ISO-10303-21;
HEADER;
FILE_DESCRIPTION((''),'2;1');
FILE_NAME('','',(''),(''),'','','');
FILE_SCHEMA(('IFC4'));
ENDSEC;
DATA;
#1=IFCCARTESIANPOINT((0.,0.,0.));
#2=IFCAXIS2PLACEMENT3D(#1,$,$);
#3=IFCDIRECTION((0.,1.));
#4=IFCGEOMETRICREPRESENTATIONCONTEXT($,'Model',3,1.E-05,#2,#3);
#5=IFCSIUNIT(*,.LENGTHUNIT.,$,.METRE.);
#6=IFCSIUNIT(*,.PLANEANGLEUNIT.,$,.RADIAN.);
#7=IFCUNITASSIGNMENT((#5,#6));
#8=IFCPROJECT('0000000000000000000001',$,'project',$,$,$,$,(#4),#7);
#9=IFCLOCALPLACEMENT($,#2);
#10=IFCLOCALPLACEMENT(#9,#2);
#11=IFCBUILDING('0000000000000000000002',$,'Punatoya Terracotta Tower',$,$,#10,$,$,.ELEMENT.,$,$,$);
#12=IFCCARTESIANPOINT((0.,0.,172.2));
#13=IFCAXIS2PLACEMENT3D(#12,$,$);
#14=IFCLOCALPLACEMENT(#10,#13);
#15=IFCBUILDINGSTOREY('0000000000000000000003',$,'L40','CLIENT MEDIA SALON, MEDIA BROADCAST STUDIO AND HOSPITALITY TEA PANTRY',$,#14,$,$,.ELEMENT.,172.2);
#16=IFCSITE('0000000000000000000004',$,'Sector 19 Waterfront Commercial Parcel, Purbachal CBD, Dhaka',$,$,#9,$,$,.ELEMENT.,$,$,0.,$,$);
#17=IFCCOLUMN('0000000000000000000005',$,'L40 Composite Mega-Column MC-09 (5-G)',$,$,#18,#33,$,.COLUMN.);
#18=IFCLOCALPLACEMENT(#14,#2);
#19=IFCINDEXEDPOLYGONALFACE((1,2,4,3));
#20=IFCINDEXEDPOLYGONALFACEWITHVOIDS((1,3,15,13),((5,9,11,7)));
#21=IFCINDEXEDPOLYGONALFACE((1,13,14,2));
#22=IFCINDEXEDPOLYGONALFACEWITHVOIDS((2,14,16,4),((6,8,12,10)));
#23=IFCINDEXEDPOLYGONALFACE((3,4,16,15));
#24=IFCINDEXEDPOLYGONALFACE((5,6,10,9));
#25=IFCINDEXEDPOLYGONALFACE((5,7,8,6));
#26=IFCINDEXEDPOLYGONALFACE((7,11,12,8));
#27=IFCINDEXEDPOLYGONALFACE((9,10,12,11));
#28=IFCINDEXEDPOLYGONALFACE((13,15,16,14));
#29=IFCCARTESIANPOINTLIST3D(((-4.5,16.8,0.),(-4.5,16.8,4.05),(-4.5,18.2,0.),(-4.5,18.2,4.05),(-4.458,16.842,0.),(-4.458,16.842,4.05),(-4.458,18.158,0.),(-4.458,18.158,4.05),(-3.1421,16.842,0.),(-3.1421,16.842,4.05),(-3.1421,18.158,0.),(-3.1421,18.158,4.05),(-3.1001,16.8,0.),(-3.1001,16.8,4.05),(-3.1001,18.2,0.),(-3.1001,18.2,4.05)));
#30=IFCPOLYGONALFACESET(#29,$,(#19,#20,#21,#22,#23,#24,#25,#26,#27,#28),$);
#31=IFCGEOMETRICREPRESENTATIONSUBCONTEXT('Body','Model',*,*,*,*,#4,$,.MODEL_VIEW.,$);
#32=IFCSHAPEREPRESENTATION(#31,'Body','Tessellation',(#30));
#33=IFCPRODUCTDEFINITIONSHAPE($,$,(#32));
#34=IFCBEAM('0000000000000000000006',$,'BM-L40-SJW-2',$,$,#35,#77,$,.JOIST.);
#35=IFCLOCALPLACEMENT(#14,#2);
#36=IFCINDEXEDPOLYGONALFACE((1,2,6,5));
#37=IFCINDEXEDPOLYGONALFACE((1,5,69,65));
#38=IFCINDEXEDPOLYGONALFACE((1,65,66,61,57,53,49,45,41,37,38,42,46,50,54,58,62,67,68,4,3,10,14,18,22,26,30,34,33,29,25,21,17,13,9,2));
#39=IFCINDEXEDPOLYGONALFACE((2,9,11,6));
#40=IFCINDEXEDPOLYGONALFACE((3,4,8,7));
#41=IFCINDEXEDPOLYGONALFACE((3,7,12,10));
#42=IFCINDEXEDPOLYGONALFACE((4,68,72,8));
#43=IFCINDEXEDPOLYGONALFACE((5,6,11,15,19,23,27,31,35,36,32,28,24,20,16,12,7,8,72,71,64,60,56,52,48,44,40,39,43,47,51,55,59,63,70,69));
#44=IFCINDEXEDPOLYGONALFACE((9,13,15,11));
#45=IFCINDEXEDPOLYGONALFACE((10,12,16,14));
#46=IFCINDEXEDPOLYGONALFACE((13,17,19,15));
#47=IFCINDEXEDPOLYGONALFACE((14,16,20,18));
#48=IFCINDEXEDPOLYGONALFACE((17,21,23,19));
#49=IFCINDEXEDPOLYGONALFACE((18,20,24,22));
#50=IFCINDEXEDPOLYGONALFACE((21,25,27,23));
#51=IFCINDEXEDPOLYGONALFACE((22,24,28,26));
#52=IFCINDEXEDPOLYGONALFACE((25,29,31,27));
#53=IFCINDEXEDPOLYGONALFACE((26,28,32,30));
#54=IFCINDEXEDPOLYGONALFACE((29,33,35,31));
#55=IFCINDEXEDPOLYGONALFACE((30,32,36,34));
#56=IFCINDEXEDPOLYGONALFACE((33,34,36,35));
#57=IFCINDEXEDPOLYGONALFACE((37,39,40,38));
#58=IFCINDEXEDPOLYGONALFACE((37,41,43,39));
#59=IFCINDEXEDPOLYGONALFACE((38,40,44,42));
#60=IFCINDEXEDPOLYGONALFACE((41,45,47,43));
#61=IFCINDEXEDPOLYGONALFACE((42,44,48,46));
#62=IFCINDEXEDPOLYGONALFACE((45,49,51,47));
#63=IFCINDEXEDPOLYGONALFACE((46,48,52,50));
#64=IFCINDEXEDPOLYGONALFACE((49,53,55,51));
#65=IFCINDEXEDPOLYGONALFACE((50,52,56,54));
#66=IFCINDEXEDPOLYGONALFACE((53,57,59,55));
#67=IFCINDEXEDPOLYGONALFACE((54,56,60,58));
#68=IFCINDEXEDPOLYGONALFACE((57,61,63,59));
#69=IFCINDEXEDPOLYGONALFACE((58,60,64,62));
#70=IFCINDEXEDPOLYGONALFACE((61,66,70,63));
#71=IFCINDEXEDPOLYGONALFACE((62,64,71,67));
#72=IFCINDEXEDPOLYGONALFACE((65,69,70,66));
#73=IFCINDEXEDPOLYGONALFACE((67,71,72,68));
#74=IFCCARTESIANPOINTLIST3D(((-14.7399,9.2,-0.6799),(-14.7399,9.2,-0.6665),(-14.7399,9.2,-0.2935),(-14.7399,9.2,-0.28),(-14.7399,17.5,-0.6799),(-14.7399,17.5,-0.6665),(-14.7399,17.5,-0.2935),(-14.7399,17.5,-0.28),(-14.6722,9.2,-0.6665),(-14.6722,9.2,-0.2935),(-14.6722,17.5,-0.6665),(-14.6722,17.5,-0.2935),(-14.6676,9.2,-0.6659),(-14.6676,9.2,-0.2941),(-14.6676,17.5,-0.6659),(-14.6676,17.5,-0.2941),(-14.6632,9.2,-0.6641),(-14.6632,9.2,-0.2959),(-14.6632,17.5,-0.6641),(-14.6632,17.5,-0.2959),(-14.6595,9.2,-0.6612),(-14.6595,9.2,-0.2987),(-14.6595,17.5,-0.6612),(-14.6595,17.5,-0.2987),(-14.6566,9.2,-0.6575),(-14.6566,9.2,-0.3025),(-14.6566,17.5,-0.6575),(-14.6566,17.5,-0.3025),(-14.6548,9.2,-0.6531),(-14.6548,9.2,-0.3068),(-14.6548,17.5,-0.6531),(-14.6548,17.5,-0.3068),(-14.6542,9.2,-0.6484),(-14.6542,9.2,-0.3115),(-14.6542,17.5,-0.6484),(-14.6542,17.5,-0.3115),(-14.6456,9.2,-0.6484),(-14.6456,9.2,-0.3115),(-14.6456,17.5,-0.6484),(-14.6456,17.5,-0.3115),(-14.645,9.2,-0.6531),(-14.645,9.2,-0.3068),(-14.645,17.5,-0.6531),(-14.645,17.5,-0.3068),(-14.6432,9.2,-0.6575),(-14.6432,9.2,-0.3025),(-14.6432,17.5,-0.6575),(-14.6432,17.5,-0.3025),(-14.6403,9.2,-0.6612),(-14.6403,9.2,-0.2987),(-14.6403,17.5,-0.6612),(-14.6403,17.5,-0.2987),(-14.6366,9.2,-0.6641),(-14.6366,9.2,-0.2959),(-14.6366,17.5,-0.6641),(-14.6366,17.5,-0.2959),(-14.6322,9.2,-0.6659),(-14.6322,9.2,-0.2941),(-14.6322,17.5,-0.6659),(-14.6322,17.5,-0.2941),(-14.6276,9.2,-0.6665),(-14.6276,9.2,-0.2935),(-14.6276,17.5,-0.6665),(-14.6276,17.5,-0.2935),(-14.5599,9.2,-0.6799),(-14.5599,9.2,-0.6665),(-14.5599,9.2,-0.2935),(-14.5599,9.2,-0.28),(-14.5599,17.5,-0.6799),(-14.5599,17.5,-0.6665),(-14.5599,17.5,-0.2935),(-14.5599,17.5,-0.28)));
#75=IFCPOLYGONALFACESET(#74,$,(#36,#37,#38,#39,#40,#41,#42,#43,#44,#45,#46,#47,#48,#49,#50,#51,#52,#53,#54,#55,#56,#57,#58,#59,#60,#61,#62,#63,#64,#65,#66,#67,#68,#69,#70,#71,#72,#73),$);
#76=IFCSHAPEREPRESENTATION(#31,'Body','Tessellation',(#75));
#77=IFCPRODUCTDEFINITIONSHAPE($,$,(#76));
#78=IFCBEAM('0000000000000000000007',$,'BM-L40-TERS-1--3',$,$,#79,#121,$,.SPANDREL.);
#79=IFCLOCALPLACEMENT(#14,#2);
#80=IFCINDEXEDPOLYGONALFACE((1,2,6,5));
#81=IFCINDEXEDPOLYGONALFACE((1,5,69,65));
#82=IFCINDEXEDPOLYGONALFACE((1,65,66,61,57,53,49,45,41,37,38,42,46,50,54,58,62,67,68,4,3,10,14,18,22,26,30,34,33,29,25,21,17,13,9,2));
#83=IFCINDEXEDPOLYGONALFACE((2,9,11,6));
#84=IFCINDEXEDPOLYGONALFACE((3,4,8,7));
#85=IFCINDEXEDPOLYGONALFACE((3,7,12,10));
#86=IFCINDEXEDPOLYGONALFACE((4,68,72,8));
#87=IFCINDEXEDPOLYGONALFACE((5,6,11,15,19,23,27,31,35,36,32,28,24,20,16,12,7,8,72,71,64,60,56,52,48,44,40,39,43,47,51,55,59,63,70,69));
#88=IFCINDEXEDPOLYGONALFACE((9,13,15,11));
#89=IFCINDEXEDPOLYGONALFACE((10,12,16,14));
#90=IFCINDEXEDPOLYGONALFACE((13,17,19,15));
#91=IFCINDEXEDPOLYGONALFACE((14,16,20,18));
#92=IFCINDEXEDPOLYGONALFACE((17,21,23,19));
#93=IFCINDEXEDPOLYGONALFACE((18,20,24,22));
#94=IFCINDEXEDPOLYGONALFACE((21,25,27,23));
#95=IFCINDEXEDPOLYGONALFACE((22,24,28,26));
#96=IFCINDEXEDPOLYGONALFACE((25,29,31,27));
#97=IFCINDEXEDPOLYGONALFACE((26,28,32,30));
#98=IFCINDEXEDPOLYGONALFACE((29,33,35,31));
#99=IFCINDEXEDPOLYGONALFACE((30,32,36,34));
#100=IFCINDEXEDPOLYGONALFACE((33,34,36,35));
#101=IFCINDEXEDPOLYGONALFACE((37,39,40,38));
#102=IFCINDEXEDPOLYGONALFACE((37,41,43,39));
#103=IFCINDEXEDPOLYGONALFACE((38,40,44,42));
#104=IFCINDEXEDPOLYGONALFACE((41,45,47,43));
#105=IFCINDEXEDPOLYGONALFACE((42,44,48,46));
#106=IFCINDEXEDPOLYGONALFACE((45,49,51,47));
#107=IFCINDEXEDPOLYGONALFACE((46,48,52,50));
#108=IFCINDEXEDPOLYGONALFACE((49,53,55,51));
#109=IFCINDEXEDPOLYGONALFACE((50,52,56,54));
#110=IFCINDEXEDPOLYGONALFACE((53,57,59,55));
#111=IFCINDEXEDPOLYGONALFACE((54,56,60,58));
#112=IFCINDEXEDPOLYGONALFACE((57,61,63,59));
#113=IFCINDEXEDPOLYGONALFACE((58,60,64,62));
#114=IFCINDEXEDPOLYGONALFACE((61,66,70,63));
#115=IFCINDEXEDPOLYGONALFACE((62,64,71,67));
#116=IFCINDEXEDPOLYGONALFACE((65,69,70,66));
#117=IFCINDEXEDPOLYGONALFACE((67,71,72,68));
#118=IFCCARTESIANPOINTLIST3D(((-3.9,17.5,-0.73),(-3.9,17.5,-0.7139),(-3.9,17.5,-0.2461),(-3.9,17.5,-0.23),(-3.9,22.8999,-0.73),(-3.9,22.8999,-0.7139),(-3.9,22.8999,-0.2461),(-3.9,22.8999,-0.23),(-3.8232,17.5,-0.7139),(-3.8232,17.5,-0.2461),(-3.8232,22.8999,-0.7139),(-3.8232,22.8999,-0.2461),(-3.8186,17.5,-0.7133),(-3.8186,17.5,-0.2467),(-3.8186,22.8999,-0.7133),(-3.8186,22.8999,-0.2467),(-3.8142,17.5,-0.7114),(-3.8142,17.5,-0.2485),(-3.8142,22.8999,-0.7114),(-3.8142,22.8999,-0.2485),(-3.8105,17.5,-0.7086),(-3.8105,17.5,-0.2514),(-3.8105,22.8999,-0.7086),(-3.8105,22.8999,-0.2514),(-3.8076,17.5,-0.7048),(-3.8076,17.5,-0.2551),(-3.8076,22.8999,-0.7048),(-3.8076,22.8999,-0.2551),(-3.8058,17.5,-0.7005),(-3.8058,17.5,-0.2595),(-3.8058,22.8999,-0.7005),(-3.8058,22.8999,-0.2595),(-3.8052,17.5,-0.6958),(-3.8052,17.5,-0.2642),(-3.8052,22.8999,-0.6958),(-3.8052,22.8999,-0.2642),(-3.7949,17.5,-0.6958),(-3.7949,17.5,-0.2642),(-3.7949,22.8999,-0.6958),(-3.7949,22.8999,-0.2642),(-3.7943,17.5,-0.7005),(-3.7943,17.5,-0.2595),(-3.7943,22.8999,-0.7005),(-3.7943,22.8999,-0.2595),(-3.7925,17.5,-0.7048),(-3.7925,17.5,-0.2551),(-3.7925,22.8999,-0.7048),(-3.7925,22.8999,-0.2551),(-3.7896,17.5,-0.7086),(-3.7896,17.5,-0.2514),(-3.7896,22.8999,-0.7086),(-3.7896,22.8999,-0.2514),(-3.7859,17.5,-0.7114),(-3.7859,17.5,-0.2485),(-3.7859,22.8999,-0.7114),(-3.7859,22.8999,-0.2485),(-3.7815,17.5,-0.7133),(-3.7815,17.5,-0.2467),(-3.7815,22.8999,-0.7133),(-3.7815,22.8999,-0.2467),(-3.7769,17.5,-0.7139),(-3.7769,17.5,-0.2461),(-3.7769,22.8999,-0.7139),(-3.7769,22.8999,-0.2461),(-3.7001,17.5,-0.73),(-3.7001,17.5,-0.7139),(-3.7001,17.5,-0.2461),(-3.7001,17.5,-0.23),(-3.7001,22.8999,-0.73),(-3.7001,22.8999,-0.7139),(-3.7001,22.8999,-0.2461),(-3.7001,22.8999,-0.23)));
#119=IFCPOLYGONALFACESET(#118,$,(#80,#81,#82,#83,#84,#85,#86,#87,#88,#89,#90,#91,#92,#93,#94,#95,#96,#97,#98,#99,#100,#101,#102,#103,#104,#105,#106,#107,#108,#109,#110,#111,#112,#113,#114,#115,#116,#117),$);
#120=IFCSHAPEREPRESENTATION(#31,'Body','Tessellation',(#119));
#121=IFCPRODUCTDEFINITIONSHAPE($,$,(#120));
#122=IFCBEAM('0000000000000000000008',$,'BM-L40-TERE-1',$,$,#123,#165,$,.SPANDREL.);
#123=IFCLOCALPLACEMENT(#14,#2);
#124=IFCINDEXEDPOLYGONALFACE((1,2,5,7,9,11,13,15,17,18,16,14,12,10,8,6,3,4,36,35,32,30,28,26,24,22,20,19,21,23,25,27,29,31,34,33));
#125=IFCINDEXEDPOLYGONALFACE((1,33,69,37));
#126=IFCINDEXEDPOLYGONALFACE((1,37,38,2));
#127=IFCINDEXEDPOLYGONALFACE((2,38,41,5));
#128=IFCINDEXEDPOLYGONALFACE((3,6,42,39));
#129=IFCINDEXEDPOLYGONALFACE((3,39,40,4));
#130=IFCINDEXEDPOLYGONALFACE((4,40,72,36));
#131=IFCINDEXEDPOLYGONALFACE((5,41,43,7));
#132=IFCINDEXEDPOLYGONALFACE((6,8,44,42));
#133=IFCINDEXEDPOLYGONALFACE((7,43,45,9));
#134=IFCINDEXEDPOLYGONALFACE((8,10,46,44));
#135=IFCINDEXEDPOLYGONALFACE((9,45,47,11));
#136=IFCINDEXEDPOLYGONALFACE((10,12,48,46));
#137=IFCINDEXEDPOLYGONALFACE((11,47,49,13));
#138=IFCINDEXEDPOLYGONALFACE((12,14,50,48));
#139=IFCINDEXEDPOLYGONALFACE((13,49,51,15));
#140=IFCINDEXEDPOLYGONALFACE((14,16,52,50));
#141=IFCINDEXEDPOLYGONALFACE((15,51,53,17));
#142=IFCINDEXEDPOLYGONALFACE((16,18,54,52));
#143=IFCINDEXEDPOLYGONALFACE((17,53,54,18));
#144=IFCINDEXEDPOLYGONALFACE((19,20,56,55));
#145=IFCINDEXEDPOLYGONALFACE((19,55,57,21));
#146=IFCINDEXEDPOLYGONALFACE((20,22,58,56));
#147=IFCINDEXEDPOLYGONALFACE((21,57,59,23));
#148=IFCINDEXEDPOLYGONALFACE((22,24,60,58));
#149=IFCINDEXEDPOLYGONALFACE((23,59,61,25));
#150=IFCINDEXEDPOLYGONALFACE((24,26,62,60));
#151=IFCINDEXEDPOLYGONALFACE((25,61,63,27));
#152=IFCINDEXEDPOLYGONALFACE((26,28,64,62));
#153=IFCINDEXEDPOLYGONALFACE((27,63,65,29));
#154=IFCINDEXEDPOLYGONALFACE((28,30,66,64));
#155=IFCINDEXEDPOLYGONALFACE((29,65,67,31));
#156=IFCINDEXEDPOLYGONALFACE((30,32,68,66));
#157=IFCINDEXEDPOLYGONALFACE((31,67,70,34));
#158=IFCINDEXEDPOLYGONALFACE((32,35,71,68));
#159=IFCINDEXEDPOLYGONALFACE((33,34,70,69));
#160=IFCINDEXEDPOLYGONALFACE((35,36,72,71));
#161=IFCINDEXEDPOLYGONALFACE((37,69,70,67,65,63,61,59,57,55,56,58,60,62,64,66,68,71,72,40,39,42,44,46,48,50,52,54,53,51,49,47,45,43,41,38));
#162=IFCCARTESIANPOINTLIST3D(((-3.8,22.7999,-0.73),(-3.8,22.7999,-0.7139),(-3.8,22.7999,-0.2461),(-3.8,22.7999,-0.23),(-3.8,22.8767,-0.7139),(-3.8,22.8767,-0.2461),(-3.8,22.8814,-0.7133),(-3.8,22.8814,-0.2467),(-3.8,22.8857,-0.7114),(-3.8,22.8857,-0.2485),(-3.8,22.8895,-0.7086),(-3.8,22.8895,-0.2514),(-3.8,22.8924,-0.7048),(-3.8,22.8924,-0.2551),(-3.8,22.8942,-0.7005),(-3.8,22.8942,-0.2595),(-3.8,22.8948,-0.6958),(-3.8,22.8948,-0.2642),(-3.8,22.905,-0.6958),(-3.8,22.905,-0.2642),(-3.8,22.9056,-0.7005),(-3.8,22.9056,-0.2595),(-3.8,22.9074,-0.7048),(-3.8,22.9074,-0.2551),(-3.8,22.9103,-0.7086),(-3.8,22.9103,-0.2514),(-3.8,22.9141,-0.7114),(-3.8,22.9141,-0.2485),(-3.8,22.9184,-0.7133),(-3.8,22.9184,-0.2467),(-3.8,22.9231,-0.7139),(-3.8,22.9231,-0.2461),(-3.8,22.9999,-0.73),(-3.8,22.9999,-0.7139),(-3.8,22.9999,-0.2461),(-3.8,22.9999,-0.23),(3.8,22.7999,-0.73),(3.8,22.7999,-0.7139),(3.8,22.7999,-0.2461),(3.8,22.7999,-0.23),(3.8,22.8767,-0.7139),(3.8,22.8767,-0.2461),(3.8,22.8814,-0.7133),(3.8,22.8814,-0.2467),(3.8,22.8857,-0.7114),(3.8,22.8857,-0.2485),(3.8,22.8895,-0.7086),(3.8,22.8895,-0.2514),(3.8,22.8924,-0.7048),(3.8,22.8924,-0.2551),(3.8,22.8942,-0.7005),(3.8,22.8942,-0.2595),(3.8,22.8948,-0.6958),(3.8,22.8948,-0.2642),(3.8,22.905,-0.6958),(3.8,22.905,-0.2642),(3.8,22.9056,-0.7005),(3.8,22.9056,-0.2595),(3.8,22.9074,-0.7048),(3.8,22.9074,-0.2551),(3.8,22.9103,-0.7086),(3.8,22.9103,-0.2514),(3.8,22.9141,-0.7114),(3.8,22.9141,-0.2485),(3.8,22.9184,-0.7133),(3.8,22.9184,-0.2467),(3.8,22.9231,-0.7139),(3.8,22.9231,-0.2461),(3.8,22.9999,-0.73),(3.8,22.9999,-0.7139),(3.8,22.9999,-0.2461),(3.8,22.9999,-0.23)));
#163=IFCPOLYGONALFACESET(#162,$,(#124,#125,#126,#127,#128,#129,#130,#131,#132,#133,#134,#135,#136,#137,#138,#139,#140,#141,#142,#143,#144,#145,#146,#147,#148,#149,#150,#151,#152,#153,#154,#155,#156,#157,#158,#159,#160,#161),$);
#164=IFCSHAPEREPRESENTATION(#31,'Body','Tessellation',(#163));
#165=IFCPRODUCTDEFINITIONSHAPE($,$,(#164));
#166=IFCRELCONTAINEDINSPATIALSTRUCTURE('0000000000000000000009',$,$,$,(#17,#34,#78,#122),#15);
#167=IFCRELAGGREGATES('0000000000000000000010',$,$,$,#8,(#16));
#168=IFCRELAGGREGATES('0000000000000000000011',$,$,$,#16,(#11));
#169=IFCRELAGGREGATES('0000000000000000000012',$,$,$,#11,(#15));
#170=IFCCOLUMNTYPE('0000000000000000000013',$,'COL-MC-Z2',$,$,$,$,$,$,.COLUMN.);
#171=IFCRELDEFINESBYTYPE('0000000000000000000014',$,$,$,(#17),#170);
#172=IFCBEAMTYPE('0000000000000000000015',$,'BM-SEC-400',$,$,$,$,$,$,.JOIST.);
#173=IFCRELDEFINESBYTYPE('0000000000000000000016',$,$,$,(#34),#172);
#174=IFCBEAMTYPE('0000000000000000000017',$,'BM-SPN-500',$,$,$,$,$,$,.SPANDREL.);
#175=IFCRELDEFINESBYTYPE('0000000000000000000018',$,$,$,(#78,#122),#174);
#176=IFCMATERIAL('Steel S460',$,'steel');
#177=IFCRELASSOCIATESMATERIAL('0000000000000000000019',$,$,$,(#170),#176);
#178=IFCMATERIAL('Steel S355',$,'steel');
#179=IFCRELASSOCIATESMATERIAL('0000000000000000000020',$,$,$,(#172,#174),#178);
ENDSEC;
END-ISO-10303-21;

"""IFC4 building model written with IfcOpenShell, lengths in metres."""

from ifc_helpers import new_model, si_unit, direction, frame, origin, origin_2d, place, context, subcontext, project, spatial, hollow_rectangle, i_section, extrude, material, material_profile, profile_set, type_object, element, save


model = new_model("IFC4")

# Units and contexts
model_context = context("Model", 3, precision=1e-05, world=origin(), true_north=direction((0.0, 1.0)))
body_context = subcontext(model_context, "Body", "Model", "MODEL_VIEW")
ifc_project = project(units=[si_unit("LENGTHUNIT", "METRE"), si_unit("PLANEANGLEUNIT", "RADIAN")], contexts=[model_context])

# Site, building, storey
site_placement = place(None, origin())
site = spatial("IfcSite", under=ifc_project, at=site_placement, Name="Sector 19 Waterfront Commercial Parcel, Purbachal CBD, Dhaka", CompositionType="ELEMENT", RefElevation=0.0)
building_placement = place(site_placement, origin())
building = spatial("IfcBuilding", under=site, at=building_placement, Name="Punatoya Terracotta Tower", CompositionType="ELEMENT")
storey_placement = place(building_placement, frame((0.0, 0.0, 172.2)))
storey = spatial("IfcBuildingStorey", under=building, at=storey_placement, Name="L40", Description="CLIENT MEDIA SALON, MEDIA BROADCAST STUDIO AND HOSPITALITY TEA PANTRY", CompositionType="ELEMENT", Elevation=172.2)

# Column
ifc_material_1 = material(Name="Steel S460", Category="steel")
ifc_material_profile_1 = material_profile(ifc_material_1, hollow_rectangle(XDim=1.3999, YDim=1.3999, WallThickness=0.042, at=origin_2d()))
ifc_profile_set_1 = profile_set([ifc_material_profile_1], Name="Steel S460")
column_type = type_object("IfcColumnType", Name="COL-MC-Z2", PredefinedType="COLUMN", material=ifc_profile_set_1)
column_placement = place(storey_placement, frame((-3.8, 17.5, 0.0), z_axis=(0.0, 0.0, 1.0), x_axis=(1.0, 0.0, 0.0)))
element("IfcColumn", 1, at=column_placement, inside=storey, type_object=column_type, Name="L40 Composite Mega-Column MC-09 (5-G)", PredefinedType="COLUMN", context=body_context, shape_type="SweptSolid", body=[
    extrude(hollow_rectangle(XDim=1.3999, YDim=1.3999, WallThickness=0.042, at=origin_2d()), origin(), (0.0, 0.0, 1.0), 4.05),
])

# Beams
ifc_material_2 = material(Name="Steel S355", Category="steel")
ifc_material_profile_2 = material_profile(ifc_material_2, i_section(OverallWidth=0.1799, OverallDepth=0.3999, WebThickness=0.0085, FlangeThickness=0.0134, FilletRadius=0.0181, at=origin_2d()))
ifc_profile_set_2 = profile_set([ifc_material_profile_2], Name="Steel S355")
beam_type_1 = type_object("IfcBeamType", Name="BM-SEC-400", PredefinedType="JOIST", material=ifc_profile_set_2)
beam_1_placement = place(storey_placement, frame((-14.6499, 9.2, -0.48), z_axis=(0.0, 1.0, 0.0), x_axis=(-1.0, 0.0, 0.0)))
element("IfcBeam", 2, at=beam_1_placement, inside=storey, type_object=beam_type_1, Name="BM-L40-SJW-2", PredefinedType="JOIST", context=body_context, shape_type="SweptSolid", body=[
    extrude(i_section(OverallWidth=0.1799, OverallDepth=0.3999, WebThickness=0.0085, FlangeThickness=0.0134, FilletRadius=0.0181, at=origin_2d()), origin(), (0.0, 0.0, 1.0), 8.3),
])
ifc_material_profile_3 = material_profile(ifc_material_2, i_section(OverallWidth=0.2, OverallDepth=0.5, WebThickness=0.0103, FlangeThickness=0.0161, FilletRadius=0.0181, at=origin_2d()))
ifc_profile_set_3 = profile_set([ifc_material_profile_3], Name="Steel S355")
beam_type_2 = type_object("IfcBeamType", Name="BM-SPN-500", PredefinedType="SPANDREL", material=ifc_profile_set_3)
beam_2_placement = place(storey_placement, frame((-3.8, 17.5, -0.48), z_axis=(0.0, 1.0, 0.0), x_axis=(-1.0, 0.0, 0.0)))
element("IfcBeam", 3, at=beam_2_placement, inside=storey, type_object=beam_type_2, Name="BM-L40-TERS-1--3", PredefinedType="SPANDREL", context=body_context, shape_type="SweptSolid", body=[
    extrude(i_section(OverallWidth=0.2, OverallDepth=0.5, WebThickness=0.0103, FlangeThickness=0.0161, FilletRadius=0.0181, at=origin_2d()), origin(), (0.0, 0.0, 1.0), 5.3999),
])
beam_3_placement = place(storey_placement, frame((-3.8, 22.8999, -0.48), z_axis=(1.0, 0.0, 0.0), x_axis=(0.0, 1.0, 0.0)))
element("IfcBeam", 4, at=beam_3_placement, inside=storey, type_object=beam_type_2, Name="BM-L40-TERE-1", PredefinedType="SPANDREL", context=body_context, shape_type="SweptSolid", body=[
    extrude(i_section(OverallWidth=0.2, OverallDepth=0.5, WebThickness=0.0103, FlangeThickness=0.0161, FilletRadius=0.0181, at=origin_2d()), origin(), (0.0, 0.0, 1.0), 7.6001),
])

save(model, "model.ifc")
